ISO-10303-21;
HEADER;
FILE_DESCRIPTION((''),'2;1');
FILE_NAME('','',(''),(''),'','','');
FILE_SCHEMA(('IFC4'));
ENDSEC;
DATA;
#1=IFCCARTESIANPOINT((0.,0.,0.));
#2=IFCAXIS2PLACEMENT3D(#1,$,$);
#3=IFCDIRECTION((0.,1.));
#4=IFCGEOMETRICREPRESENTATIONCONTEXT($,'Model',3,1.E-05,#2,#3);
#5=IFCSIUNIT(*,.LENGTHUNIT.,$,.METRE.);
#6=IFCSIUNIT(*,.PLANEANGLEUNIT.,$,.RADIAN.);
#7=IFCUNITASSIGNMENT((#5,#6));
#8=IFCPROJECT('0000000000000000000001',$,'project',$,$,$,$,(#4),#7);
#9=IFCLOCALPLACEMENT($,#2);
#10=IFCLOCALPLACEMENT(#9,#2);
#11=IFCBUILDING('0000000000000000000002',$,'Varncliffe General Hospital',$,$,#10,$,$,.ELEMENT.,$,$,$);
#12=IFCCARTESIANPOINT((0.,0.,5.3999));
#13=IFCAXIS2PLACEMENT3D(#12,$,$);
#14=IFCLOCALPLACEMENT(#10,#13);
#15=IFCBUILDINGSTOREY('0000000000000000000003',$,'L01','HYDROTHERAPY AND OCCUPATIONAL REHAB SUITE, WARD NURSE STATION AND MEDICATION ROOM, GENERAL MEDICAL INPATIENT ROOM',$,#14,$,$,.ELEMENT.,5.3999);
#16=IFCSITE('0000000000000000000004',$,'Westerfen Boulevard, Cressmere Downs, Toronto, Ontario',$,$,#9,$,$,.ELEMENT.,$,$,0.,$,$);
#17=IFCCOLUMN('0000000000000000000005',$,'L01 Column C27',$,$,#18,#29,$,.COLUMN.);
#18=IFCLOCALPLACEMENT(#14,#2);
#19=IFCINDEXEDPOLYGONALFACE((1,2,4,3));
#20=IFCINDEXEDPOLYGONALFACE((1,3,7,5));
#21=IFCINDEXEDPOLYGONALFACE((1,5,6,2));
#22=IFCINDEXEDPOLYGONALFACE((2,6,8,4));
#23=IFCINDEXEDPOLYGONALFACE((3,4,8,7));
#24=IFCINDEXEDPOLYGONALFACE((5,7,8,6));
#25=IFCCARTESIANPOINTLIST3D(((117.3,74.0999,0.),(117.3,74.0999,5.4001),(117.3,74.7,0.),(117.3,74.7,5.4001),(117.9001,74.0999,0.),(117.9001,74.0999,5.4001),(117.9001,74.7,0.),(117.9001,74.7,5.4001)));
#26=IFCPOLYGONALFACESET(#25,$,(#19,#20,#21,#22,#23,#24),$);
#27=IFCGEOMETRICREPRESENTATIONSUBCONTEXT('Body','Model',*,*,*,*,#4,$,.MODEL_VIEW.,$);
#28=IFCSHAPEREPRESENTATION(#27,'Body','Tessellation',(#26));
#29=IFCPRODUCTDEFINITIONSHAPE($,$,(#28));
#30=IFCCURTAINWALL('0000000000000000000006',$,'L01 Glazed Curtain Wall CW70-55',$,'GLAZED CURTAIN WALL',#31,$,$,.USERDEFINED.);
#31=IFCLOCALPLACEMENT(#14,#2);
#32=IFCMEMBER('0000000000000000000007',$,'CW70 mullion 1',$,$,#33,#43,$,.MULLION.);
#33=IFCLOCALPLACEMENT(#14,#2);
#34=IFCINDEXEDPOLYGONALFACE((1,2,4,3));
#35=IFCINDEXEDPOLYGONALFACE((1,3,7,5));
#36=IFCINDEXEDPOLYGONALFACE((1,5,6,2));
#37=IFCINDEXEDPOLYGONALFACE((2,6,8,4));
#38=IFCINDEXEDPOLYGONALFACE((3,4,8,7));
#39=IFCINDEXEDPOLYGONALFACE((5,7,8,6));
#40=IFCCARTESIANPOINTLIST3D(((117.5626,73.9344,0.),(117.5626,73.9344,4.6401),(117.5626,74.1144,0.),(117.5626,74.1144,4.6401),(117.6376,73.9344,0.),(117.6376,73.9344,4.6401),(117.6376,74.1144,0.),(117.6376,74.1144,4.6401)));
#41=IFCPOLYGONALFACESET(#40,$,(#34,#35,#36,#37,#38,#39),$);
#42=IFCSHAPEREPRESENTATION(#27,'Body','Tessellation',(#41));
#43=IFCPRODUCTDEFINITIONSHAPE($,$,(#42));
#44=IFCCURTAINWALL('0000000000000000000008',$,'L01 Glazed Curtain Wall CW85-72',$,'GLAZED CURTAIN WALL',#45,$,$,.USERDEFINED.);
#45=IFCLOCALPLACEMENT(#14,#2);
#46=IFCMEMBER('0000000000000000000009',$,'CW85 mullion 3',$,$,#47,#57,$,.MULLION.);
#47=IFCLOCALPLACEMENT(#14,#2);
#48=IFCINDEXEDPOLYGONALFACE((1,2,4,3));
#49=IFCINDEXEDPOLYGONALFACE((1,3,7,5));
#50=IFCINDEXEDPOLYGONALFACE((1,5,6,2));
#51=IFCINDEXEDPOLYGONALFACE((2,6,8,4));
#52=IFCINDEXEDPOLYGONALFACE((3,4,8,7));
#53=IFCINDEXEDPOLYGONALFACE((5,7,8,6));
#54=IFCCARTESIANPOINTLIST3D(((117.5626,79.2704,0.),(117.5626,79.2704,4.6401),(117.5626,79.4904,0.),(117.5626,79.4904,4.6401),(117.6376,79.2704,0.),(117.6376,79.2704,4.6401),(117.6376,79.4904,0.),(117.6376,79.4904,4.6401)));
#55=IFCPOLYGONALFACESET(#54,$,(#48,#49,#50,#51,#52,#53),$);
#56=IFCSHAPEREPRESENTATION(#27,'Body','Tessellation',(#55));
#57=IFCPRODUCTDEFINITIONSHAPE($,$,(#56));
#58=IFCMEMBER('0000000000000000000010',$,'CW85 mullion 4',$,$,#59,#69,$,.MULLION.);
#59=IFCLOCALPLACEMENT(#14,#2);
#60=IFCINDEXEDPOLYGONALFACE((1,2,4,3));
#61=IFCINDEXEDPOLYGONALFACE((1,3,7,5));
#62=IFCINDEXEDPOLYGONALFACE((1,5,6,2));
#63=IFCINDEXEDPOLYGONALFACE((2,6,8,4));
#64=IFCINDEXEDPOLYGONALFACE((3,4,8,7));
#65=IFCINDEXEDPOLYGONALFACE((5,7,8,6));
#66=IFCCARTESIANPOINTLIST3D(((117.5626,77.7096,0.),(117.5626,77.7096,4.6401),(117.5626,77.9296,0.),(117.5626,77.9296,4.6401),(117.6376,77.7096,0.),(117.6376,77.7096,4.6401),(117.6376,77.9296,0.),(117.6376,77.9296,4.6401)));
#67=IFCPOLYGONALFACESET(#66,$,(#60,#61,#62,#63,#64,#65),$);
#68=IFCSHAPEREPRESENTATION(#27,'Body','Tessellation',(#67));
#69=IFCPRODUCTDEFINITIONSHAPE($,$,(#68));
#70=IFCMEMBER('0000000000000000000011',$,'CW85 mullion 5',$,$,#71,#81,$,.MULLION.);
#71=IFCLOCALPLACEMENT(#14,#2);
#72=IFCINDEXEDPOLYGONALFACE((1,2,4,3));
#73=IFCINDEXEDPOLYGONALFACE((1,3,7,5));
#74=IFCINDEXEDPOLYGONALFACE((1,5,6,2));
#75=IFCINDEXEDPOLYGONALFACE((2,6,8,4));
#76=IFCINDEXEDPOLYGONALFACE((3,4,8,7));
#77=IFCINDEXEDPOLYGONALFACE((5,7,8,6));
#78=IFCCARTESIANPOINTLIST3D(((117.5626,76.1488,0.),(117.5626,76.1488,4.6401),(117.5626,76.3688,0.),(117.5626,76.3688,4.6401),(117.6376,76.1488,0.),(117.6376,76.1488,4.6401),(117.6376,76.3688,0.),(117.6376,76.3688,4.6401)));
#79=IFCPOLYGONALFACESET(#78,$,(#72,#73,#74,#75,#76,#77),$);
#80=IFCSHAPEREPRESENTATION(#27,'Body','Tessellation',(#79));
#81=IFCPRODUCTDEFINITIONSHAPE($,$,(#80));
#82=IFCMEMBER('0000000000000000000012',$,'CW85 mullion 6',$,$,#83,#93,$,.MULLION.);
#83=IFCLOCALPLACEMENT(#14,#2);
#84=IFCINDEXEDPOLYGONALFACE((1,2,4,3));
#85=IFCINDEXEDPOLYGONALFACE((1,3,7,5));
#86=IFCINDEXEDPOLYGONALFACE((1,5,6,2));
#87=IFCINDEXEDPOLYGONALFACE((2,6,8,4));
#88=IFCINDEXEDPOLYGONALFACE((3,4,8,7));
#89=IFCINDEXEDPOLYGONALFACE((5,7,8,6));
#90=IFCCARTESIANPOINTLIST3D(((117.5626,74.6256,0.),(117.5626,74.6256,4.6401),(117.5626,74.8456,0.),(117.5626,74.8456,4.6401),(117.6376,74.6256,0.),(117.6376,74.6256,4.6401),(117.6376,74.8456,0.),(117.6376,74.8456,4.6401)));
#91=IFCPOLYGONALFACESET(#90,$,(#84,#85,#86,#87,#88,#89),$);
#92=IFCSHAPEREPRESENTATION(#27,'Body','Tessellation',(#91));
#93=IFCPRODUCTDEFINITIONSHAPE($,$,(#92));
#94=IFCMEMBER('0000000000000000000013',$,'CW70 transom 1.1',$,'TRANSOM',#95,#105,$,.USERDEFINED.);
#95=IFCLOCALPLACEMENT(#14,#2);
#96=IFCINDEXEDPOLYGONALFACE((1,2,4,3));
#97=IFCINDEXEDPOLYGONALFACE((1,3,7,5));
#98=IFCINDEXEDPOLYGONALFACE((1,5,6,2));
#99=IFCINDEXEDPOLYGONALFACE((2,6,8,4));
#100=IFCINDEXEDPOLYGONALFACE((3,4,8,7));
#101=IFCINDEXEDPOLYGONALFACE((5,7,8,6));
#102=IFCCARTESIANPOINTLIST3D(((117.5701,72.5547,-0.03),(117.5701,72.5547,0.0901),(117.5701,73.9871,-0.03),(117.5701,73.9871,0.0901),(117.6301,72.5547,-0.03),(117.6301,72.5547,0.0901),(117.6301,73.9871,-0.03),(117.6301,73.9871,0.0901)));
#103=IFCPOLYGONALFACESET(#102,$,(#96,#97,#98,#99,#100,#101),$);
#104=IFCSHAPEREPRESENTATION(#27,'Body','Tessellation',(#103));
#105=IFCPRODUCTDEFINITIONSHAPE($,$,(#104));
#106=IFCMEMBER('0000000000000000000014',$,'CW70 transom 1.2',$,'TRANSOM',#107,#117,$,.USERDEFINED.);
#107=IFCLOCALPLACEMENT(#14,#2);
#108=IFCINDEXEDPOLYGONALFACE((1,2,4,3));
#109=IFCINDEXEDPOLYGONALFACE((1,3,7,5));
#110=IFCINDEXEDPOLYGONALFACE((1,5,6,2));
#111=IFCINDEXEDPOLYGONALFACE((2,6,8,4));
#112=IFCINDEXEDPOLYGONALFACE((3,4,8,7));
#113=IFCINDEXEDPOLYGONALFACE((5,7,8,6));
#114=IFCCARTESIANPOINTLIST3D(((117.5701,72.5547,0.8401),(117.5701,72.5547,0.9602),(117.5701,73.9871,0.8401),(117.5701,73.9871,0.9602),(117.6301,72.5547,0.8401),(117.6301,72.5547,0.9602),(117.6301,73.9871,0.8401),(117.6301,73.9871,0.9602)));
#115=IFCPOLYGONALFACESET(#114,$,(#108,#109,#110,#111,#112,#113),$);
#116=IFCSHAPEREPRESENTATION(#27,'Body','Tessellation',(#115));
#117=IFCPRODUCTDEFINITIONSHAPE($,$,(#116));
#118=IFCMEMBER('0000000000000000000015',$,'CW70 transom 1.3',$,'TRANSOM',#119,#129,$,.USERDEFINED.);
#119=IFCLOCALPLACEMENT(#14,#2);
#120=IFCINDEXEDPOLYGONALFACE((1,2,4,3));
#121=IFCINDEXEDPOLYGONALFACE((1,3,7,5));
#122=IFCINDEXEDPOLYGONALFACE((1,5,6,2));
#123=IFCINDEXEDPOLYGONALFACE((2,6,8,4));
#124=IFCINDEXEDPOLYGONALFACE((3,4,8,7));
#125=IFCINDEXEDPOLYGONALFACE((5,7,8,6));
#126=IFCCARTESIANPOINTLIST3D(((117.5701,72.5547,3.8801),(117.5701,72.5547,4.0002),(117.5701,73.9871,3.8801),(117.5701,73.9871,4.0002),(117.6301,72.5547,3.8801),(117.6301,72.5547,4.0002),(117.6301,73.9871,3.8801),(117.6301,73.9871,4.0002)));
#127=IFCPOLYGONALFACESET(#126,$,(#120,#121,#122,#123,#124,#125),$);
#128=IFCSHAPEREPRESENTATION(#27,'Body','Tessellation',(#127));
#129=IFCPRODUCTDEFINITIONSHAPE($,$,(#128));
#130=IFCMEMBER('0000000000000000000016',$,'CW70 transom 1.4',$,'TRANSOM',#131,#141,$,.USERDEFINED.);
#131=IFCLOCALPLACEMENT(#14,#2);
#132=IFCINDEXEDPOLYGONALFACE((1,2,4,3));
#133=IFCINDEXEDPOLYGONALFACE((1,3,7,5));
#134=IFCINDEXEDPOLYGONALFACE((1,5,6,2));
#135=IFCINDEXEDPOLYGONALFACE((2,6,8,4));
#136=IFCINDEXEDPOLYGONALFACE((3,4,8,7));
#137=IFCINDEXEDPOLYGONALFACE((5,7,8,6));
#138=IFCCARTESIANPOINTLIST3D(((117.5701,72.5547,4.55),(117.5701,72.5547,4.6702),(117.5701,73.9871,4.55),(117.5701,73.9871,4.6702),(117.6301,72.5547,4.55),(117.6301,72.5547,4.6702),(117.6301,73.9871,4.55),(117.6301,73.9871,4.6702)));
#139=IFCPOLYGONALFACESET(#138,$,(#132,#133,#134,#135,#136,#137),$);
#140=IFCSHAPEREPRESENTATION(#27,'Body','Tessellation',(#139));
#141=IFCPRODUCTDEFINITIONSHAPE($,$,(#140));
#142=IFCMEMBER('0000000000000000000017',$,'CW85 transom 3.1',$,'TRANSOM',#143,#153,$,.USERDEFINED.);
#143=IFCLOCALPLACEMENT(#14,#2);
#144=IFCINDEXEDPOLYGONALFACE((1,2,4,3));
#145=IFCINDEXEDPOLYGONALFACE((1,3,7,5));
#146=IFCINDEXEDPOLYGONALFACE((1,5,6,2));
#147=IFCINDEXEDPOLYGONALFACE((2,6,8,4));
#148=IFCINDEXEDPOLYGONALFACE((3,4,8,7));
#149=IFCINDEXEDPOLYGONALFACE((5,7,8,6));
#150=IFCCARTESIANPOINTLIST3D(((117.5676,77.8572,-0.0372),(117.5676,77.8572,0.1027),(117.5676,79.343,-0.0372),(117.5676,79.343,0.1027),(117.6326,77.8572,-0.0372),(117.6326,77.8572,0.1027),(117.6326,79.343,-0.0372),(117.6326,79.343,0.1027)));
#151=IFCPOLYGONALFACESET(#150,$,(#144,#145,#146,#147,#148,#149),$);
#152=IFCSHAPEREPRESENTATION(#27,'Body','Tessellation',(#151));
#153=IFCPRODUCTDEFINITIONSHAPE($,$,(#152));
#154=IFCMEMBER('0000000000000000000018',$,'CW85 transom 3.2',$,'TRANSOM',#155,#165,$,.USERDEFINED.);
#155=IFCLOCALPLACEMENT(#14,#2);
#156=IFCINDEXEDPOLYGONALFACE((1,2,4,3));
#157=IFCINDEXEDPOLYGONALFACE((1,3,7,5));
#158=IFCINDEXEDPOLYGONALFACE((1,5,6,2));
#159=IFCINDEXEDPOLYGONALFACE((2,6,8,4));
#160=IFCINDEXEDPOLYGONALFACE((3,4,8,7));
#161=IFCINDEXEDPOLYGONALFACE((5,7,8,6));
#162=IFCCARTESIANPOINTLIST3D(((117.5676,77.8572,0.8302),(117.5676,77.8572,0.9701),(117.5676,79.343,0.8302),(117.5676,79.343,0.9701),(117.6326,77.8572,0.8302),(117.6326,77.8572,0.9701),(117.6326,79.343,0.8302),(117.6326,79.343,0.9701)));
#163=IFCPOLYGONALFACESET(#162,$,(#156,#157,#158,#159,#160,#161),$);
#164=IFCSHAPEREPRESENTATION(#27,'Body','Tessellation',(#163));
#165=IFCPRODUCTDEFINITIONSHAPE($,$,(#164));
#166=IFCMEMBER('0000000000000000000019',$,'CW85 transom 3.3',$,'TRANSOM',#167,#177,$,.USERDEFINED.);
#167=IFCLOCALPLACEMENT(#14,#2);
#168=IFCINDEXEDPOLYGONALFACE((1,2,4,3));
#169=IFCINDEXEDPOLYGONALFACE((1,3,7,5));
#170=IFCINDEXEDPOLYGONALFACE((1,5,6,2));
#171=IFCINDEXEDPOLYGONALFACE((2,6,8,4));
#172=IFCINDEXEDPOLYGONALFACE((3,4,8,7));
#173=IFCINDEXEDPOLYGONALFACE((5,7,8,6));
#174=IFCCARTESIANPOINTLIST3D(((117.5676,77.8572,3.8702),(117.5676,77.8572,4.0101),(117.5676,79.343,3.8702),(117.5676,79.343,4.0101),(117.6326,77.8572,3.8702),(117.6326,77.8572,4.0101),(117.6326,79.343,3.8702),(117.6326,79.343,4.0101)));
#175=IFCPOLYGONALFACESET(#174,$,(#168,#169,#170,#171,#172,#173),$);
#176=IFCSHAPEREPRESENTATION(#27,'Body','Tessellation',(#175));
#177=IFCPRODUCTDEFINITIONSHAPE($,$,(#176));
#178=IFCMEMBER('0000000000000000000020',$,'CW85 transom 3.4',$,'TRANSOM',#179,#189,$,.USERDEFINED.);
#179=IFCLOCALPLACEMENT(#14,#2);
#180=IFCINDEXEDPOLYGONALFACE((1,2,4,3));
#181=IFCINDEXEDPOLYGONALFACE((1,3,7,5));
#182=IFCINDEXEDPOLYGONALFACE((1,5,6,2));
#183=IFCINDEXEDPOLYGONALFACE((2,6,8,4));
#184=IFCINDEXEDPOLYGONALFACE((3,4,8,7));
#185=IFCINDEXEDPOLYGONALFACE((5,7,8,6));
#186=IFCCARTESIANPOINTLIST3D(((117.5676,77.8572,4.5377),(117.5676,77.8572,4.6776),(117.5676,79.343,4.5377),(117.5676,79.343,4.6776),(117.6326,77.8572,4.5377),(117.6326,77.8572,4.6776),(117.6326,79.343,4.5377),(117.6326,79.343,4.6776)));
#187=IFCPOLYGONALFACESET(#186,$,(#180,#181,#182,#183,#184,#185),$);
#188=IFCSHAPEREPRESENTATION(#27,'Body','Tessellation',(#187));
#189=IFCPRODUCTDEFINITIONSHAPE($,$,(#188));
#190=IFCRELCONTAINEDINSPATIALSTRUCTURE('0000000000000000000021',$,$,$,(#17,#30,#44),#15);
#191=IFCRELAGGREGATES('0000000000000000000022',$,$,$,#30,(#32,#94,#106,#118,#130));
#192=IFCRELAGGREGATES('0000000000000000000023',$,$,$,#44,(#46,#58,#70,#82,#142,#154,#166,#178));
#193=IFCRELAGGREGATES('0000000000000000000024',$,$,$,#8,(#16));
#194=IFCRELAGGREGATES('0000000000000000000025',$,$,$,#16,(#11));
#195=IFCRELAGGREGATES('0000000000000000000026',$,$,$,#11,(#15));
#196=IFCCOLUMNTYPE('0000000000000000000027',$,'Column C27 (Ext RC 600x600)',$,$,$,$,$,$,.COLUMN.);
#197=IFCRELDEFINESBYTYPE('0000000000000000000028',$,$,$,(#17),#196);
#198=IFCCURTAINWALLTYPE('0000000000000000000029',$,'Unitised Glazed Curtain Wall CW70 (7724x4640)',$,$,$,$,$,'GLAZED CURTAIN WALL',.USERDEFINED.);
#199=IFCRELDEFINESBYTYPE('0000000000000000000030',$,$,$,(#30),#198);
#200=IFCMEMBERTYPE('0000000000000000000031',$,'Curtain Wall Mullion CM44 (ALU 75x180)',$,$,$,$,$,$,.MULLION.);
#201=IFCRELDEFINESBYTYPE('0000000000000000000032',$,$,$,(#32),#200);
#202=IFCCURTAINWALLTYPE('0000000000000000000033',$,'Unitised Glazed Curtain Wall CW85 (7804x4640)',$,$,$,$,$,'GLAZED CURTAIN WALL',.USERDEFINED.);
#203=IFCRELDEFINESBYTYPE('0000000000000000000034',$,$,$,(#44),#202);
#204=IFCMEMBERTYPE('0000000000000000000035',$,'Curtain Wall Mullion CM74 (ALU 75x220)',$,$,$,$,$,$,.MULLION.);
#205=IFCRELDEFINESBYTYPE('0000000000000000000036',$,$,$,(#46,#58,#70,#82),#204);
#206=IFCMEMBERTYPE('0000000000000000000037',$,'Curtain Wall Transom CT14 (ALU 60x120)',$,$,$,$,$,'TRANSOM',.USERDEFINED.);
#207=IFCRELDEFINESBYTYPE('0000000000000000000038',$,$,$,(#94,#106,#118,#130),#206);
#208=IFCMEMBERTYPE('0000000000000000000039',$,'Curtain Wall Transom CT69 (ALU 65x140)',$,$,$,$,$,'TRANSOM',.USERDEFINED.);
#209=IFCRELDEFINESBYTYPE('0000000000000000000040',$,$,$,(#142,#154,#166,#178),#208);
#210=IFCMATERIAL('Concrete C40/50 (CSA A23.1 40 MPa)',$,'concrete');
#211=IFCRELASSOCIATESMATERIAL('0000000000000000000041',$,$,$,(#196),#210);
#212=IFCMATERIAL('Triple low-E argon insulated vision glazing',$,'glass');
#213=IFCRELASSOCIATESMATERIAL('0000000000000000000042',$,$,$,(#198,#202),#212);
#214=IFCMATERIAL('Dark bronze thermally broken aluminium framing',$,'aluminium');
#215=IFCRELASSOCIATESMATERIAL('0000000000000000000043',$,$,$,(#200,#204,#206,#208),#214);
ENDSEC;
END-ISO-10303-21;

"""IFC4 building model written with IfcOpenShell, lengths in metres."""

from ifc_helpers import new_model, si_unit, direction, frame, origin, origin_2d, place, context, subcontext, project, spatial, rectangle, extrude, material, material_profile, profile_set, type_object, element, aggregate, save


model = new_model("IFC4")

# Units and contexts
model_context = context("Model", 3, precision=1e-05, world=origin(), true_north=direction((0.0, 1.0)))
body_context = subcontext(model_context, "Body", "Model", "MODEL_VIEW")
ifc_project = project(units=[si_unit("LENGTHUNIT", "METRE"), si_unit("PLANEANGLEUNIT", "RADIAN")], contexts=[model_context])

# Site, building, storey
site_placement = place(None, origin())
site = spatial("IfcSite", under=ifc_project, at=site_placement, Name="Westerfen Boulevard, Cressmere Downs, Toronto, Ontario", CompositionType="ELEMENT", RefElevation=0.0)
building_placement = place(site_placement, origin())
building = spatial("IfcBuilding", under=site, at=building_placement, Name="Varncliffe General Hospital", CompositionType="ELEMENT")
storey_placement = place(building_placement, frame((0.0, 0.0, 5.3999)))
storey = spatial("IfcBuildingStorey", under=building, at=storey_placement, Name="L01", Description="HYDROTHERAPY AND OCCUPATIONAL REHAB SUITE, WARD NURSE STATION AND MEDICATION ROOM, GENERAL MEDICAL INPATIENT ROOM", CompositionType="ELEMENT", Elevation=5.3999)

# Column
ifc_material_1 = material(Name="Concrete C40/50 (CSA A23.1 40 MPa)", Category="concrete")
ifc_material_profile_1 = material_profile(ifc_material_1, rectangle(XDim=0.6001, YDim=0.6001, at=origin_2d()), Name="RC 600x600")
ifc_profile_set_1 = profile_set([ifc_material_profile_1], Name="Concrete C40/50 (CSA A23.1 40 MPa)")
column_type = type_object("IfcColumnType", Name="Column C27 (Ext RC 600x600)", PredefinedType="COLUMN", material=ifc_profile_set_1)
column_placement = place(storey_placement, frame((117.6001, 74.3999, 0.0), z_axis=(0.0, 0.0, 1.0), x_axis=(1.0, 0.0, 0.0)))
element("IfcColumn", 1, at=column_placement, inside=storey, type_object=column_type, Name="L01 Column C27", PredefinedType="COLUMN", context=body_context, shape_type="SweptSolid", body=[
    extrude(rectangle(XDim=0.6001, YDim=0.6001, at=origin_2d()), origin(), (0.0, 0.0, 1.0), 5.4001),
])

# Curtain wall, member
ifc_material_2 = material(Name="Triple low-E argon insulated vision glazing", Category="glass")
curtain_wall_type_1 = type_object("IfcCurtainWallType", Name="Unitised Glazed Curtain Wall CW70 (7724x4640)", ElementType="GLAZED CURTAIN WALL", PredefinedType="USERDEFINED", material=ifc_material_2)
curtain_wall_1_placement = place(storey_placement, origin())
curtain_wall_1 = element("IfcCurtainWall", 2, at=curtain_wall_1_placement, inside=storey, type_object=curtain_wall_type_1, Name="L01 Glazed Curtain Wall CW70-55", ObjectType="GLAZED CURTAIN WALL", PredefinedType="USERDEFINED")
ifc_material_3 = material(Name="Dark bronze thermally broken aluminium framing", Category="aluminium")
ifc_material_profile_2 = material_profile(ifc_material_3, rectangle(XDim=0.075, YDim=0.1799, at=origin_2d()), Name="ALU 75x180")
ifc_profile_set_2 = profile_set([ifc_material_profile_2], Name="Dark bronze thermally broken aluminium framing")
member_type_1 = type_object("IfcMemberType", Name="Curtain Wall Mullion CM44 (ALU 75x180)", PredefinedType="MULLION", material=ifc_profile_set_2)
member_1_placement = place(storey_placement, frame((117.6001, 74.0244, 0.0), z_axis=(0.0, 0.0, 1.0), x_axis=(1.0, 0.0, 0.0)))
member_1 = element("IfcMember", 3, at=member_1_placement, type_object=member_type_1, Name="CW70 mullion 1", PredefinedType="MULLION", context=body_context, shape_type="SweptSolid", body=[
    extrude(rectangle(XDim=0.075, YDim=0.1799, at=origin_2d()), origin(), (0.0, 0.0, 1.0), 4.6401),
])

# Curtain wall, members
curtain_wall_type_2 = type_object("IfcCurtainWallType", Name="Unitised Glazed Curtain Wall CW85 (7804x4640)", ElementType="GLAZED CURTAIN WALL", PredefinedType="USERDEFINED", material=ifc_material_2)
curtain_wall_2_placement = place(storey_placement, origin())
curtain_wall_2 = element("IfcCurtainWall", 4, at=curtain_wall_2_placement, inside=storey, type_object=curtain_wall_type_2, Name="L01 Glazed Curtain Wall CW85-72", ObjectType="GLAZED CURTAIN WALL", PredefinedType="USERDEFINED")
ifc_material_profile_3 = material_profile(ifc_material_3, rectangle(XDim=0.075, YDim=0.22, at=origin_2d()), Name="ALU 75x220")
ifc_profile_set_3 = profile_set([ifc_material_profile_3], Name="Dark bronze thermally broken aluminium framing")
member_type_2 = type_object("IfcMemberType", Name="Curtain Wall Mullion CM74 (ALU 75x220)", PredefinedType="MULLION", material=ifc_profile_set_3)
member_2_placement = place(storey_placement, frame((117.6001, 79.3804, 0.0), z_axis=(0.0, 0.0, 1.0), x_axis=(1.0, 0.0, 0.0)))
member_2 = element("IfcMember", 5, at=member_2_placement, type_object=member_type_2, Name="CW85 mullion 3", PredefinedType="MULLION", context=body_context, shape_type="SweptSolid", body=[
    extrude(rectangle(XDim=0.075, YDim=0.22, at=origin_2d()), origin(), (0.0, 0.0, 1.0), 4.6401),
])
member_3_placement = place(storey_placement, frame((117.6001, 77.8196, 0.0), z_axis=(0.0, 0.0, 1.0), x_axis=(1.0, 0.0, 0.0)))
member_3 = element("IfcMember", 6, at=member_3_placement, type_object=member_type_2, Name="CW85 mullion 4", PredefinedType="MULLION", context=body_context, shape_type="SweptSolid", body=[
    extrude(rectangle(XDim=0.075, YDim=0.22, at=origin_2d()), origin(), (0.0, 0.0, 1.0), 4.6401),
])
member_4_placement = place(storey_placement, frame((117.6001, 76.2588, 0.0), z_axis=(0.0, 0.0, 1.0), x_axis=(1.0, 0.0, 0.0)))
member_4 = element("IfcMember", 7, at=member_4_placement, type_object=member_type_2, Name="CW85 mullion 5", PredefinedType="MULLION", context=body_context, shape_type="SweptSolid", body=[
    extrude(rectangle(XDim=0.075, YDim=0.22, at=origin_2d()), origin(), (0.0, 0.0, 1.0), 4.6401),
])
member_5_placement = place(storey_placement, frame((117.6001, 74.7356, 0.0), z_axis=(0.0, 0.0, 1.0), x_axis=(1.0, 0.0, 0.0)))
member_5 = element("IfcMember", 8, at=member_5_placement, type_object=member_type_2, Name="CW85 mullion 6", PredefinedType="MULLION", context=body_context, shape_type="SweptSolid", body=[
    extrude(rectangle(XDim=0.075, YDim=0.22, at=origin_2d()), origin(), (0.0, 0.0, 1.0), 4.6401),
])

# Members
ifc_material_profile_4 = material_profile(ifc_material_3, rectangle(XDim=0.0601, YDim=0.1201, at=origin_2d()), Name="ALU 60x120")
ifc_profile_set_4 = profile_set([ifc_material_profile_4], Name="Dark bronze thermally broken aluminium framing")
member_type_3 = type_object("IfcMemberType", Name="Curtain Wall Transom CT14 (ALU 60x120)", ElementType="TRANSOM", PredefinedType="USERDEFINED", material=ifc_profile_set_4)
member_6_placement = place(storey_placement, frame((117.6001, 73.9871, 0.03), z_axis=(0.0, -1.0, 0.0), x_axis=(1.0, 0.0, 0.0)))
member_6 = element("IfcMember", 9, at=member_6_placement, type_object=member_type_3, Name="CW70 transom 1.1", ObjectType="TRANSOM", PredefinedType="USERDEFINED", context=body_context, shape_type="SweptSolid", body=[
    extrude(rectangle(XDim=0.0601, YDim=0.1201, at=origin_2d()), origin(), (0.0, 0.0, 1.0), 1.4324),
])
member_7_placement = place(storey_placement, frame((117.6001, 73.9871, 0.9001), z_axis=(0.0, -1.0, 0.0), x_axis=(1.0, 0.0, 0.0)))
member_7 = element("IfcMember", 10, at=member_7_placement, type_object=member_type_3, Name="CW70 transom 1.2", ObjectType="TRANSOM", PredefinedType="USERDEFINED", context=body_context, shape_type="SweptSolid", body=[
    extrude(rectangle(XDim=0.0601, YDim=0.1201, at=origin_2d()), origin(), (0.0, 0.0, 1.0), 1.4324),
])
member_8_placement = place(storey_placement, frame((117.6001, 73.9871, 3.9402), z_axis=(0.0, -1.0, 0.0), x_axis=(1.0, 0.0, 0.0)))
member_8 = element("IfcMember", 11, at=member_8_placement, type_object=member_type_3, Name="CW70 transom 1.3", ObjectType="TRANSOM", PredefinedType="USERDEFINED", context=body_context, shape_type="SweptSolid", body=[
    extrude(rectangle(XDim=0.0601, YDim=0.1201, at=origin_2d()), origin(), (0.0, 0.0, 1.0), 1.4324),
])
member_9_placement = place(storey_placement, frame((117.6001, 73.9871, 4.6101), z_axis=(0.0, -1.0, 0.0), x_axis=(1.0, 0.0, 0.0)))
member_9 = element("IfcMember", 12, at=member_9_placement, type_object=member_type_3, Name="CW70 transom 1.4", ObjectType="TRANSOM", PredefinedType="USERDEFINED", context=body_context, shape_type="SweptSolid", body=[
    extrude(rectangle(XDim=0.0601, YDim=0.1201, at=origin_2d()), origin(), (0.0, 0.0, 1.0), 1.4324),
])
ifc_material_profile_5 = material_profile(ifc_material_3, rectangle(XDim=0.0649, YDim=0.1399, at=origin_2d()), Name="ALU 65x140")
ifc_profile_set_5 = profile_set([ifc_material_profile_5], Name="Dark bronze thermally broken aluminium framing")
member_type_4 = type_object("IfcMemberType", Name="Curtain Wall Transom CT69 (ALU 65x140)", ElementType="TRANSOM", PredefinedType="USERDEFINED", material=ifc_profile_set_5)
member_10_placement = place(storey_placement, frame((117.6001, 79.343, 0.0327), z_axis=(0.0, -1.0, 0.0), x_axis=(1.0, 0.0, 0.0)))
member_10 = element("IfcMember", 13, at=member_10_placement, type_object=member_type_4, Name="CW85 transom 3.1", ObjectType="TRANSOM", PredefinedType="USERDEFINED", context=body_context, shape_type="SweptSolid", body=[
    extrude(rectangle(XDim=0.0649, YDim=0.1399, at=origin_2d()), origin(), (0.0, 0.0, 1.0), 1.4858),
])
member_11_placement = place(storey_placement, frame((117.6001, 79.343, 0.9001), z_axis=(0.0, -1.0, 0.0), x_axis=(1.0, 0.0, 0.0)))
member_11 = element("IfcMember", 14, at=member_11_placement, type_object=member_type_4, Name="CW85 transom 3.2", ObjectType="TRANSOM", PredefinedType="USERDEFINED", context=body_context, shape_type="SweptSolid", body=[
    extrude(rectangle(XDim=0.0649, YDim=0.1399, at=origin_2d()), origin(), (0.0, 0.0, 1.0), 1.4858),
])
member_12_placement = place(storey_placement, frame((117.6001, 79.343, 3.9402), z_axis=(0.0, -1.0, 0.0), x_axis=(1.0, 0.0, 0.0)))
member_12 = element("IfcMember", 15, at=member_12_placement, type_object=member_type_4, Name="CW85 transom 3.3", ObjectType="TRANSOM", PredefinedType="USERDEFINED", context=body_context, shape_type="SweptSolid", body=[
    extrude(rectangle(XDim=0.0649, YDim=0.1399, at=origin_2d()), origin(), (0.0, 0.0, 1.0), 1.4858),
])
member_13_placement = place(storey_placement, frame((117.6001, 79.343, 4.6077), z_axis=(0.0, -1.0, 0.0), x_axis=(1.0, 0.0, 0.0)))
member_13 = element("IfcMember", 16, at=member_13_placement, type_object=member_type_4, Name="CW85 transom 3.4", ObjectType="TRANSOM", PredefinedType="USERDEFINED", context=body_context, shape_type="SweptSolid", body=[
    extrude(rectangle(XDim=0.0649, YDim=0.1399, at=origin_2d()), origin(), (0.0, 0.0, 1.0), 1.4858),
])

aggregate(curtain_wall_1, [member_1, member_6, member_7, member_8, member_9])
aggregate(curtain_wall_2, [member_2, member_3, member_4, member_5, member_10, member_11, member_12, member_13])

save(model, "model.ifc")
